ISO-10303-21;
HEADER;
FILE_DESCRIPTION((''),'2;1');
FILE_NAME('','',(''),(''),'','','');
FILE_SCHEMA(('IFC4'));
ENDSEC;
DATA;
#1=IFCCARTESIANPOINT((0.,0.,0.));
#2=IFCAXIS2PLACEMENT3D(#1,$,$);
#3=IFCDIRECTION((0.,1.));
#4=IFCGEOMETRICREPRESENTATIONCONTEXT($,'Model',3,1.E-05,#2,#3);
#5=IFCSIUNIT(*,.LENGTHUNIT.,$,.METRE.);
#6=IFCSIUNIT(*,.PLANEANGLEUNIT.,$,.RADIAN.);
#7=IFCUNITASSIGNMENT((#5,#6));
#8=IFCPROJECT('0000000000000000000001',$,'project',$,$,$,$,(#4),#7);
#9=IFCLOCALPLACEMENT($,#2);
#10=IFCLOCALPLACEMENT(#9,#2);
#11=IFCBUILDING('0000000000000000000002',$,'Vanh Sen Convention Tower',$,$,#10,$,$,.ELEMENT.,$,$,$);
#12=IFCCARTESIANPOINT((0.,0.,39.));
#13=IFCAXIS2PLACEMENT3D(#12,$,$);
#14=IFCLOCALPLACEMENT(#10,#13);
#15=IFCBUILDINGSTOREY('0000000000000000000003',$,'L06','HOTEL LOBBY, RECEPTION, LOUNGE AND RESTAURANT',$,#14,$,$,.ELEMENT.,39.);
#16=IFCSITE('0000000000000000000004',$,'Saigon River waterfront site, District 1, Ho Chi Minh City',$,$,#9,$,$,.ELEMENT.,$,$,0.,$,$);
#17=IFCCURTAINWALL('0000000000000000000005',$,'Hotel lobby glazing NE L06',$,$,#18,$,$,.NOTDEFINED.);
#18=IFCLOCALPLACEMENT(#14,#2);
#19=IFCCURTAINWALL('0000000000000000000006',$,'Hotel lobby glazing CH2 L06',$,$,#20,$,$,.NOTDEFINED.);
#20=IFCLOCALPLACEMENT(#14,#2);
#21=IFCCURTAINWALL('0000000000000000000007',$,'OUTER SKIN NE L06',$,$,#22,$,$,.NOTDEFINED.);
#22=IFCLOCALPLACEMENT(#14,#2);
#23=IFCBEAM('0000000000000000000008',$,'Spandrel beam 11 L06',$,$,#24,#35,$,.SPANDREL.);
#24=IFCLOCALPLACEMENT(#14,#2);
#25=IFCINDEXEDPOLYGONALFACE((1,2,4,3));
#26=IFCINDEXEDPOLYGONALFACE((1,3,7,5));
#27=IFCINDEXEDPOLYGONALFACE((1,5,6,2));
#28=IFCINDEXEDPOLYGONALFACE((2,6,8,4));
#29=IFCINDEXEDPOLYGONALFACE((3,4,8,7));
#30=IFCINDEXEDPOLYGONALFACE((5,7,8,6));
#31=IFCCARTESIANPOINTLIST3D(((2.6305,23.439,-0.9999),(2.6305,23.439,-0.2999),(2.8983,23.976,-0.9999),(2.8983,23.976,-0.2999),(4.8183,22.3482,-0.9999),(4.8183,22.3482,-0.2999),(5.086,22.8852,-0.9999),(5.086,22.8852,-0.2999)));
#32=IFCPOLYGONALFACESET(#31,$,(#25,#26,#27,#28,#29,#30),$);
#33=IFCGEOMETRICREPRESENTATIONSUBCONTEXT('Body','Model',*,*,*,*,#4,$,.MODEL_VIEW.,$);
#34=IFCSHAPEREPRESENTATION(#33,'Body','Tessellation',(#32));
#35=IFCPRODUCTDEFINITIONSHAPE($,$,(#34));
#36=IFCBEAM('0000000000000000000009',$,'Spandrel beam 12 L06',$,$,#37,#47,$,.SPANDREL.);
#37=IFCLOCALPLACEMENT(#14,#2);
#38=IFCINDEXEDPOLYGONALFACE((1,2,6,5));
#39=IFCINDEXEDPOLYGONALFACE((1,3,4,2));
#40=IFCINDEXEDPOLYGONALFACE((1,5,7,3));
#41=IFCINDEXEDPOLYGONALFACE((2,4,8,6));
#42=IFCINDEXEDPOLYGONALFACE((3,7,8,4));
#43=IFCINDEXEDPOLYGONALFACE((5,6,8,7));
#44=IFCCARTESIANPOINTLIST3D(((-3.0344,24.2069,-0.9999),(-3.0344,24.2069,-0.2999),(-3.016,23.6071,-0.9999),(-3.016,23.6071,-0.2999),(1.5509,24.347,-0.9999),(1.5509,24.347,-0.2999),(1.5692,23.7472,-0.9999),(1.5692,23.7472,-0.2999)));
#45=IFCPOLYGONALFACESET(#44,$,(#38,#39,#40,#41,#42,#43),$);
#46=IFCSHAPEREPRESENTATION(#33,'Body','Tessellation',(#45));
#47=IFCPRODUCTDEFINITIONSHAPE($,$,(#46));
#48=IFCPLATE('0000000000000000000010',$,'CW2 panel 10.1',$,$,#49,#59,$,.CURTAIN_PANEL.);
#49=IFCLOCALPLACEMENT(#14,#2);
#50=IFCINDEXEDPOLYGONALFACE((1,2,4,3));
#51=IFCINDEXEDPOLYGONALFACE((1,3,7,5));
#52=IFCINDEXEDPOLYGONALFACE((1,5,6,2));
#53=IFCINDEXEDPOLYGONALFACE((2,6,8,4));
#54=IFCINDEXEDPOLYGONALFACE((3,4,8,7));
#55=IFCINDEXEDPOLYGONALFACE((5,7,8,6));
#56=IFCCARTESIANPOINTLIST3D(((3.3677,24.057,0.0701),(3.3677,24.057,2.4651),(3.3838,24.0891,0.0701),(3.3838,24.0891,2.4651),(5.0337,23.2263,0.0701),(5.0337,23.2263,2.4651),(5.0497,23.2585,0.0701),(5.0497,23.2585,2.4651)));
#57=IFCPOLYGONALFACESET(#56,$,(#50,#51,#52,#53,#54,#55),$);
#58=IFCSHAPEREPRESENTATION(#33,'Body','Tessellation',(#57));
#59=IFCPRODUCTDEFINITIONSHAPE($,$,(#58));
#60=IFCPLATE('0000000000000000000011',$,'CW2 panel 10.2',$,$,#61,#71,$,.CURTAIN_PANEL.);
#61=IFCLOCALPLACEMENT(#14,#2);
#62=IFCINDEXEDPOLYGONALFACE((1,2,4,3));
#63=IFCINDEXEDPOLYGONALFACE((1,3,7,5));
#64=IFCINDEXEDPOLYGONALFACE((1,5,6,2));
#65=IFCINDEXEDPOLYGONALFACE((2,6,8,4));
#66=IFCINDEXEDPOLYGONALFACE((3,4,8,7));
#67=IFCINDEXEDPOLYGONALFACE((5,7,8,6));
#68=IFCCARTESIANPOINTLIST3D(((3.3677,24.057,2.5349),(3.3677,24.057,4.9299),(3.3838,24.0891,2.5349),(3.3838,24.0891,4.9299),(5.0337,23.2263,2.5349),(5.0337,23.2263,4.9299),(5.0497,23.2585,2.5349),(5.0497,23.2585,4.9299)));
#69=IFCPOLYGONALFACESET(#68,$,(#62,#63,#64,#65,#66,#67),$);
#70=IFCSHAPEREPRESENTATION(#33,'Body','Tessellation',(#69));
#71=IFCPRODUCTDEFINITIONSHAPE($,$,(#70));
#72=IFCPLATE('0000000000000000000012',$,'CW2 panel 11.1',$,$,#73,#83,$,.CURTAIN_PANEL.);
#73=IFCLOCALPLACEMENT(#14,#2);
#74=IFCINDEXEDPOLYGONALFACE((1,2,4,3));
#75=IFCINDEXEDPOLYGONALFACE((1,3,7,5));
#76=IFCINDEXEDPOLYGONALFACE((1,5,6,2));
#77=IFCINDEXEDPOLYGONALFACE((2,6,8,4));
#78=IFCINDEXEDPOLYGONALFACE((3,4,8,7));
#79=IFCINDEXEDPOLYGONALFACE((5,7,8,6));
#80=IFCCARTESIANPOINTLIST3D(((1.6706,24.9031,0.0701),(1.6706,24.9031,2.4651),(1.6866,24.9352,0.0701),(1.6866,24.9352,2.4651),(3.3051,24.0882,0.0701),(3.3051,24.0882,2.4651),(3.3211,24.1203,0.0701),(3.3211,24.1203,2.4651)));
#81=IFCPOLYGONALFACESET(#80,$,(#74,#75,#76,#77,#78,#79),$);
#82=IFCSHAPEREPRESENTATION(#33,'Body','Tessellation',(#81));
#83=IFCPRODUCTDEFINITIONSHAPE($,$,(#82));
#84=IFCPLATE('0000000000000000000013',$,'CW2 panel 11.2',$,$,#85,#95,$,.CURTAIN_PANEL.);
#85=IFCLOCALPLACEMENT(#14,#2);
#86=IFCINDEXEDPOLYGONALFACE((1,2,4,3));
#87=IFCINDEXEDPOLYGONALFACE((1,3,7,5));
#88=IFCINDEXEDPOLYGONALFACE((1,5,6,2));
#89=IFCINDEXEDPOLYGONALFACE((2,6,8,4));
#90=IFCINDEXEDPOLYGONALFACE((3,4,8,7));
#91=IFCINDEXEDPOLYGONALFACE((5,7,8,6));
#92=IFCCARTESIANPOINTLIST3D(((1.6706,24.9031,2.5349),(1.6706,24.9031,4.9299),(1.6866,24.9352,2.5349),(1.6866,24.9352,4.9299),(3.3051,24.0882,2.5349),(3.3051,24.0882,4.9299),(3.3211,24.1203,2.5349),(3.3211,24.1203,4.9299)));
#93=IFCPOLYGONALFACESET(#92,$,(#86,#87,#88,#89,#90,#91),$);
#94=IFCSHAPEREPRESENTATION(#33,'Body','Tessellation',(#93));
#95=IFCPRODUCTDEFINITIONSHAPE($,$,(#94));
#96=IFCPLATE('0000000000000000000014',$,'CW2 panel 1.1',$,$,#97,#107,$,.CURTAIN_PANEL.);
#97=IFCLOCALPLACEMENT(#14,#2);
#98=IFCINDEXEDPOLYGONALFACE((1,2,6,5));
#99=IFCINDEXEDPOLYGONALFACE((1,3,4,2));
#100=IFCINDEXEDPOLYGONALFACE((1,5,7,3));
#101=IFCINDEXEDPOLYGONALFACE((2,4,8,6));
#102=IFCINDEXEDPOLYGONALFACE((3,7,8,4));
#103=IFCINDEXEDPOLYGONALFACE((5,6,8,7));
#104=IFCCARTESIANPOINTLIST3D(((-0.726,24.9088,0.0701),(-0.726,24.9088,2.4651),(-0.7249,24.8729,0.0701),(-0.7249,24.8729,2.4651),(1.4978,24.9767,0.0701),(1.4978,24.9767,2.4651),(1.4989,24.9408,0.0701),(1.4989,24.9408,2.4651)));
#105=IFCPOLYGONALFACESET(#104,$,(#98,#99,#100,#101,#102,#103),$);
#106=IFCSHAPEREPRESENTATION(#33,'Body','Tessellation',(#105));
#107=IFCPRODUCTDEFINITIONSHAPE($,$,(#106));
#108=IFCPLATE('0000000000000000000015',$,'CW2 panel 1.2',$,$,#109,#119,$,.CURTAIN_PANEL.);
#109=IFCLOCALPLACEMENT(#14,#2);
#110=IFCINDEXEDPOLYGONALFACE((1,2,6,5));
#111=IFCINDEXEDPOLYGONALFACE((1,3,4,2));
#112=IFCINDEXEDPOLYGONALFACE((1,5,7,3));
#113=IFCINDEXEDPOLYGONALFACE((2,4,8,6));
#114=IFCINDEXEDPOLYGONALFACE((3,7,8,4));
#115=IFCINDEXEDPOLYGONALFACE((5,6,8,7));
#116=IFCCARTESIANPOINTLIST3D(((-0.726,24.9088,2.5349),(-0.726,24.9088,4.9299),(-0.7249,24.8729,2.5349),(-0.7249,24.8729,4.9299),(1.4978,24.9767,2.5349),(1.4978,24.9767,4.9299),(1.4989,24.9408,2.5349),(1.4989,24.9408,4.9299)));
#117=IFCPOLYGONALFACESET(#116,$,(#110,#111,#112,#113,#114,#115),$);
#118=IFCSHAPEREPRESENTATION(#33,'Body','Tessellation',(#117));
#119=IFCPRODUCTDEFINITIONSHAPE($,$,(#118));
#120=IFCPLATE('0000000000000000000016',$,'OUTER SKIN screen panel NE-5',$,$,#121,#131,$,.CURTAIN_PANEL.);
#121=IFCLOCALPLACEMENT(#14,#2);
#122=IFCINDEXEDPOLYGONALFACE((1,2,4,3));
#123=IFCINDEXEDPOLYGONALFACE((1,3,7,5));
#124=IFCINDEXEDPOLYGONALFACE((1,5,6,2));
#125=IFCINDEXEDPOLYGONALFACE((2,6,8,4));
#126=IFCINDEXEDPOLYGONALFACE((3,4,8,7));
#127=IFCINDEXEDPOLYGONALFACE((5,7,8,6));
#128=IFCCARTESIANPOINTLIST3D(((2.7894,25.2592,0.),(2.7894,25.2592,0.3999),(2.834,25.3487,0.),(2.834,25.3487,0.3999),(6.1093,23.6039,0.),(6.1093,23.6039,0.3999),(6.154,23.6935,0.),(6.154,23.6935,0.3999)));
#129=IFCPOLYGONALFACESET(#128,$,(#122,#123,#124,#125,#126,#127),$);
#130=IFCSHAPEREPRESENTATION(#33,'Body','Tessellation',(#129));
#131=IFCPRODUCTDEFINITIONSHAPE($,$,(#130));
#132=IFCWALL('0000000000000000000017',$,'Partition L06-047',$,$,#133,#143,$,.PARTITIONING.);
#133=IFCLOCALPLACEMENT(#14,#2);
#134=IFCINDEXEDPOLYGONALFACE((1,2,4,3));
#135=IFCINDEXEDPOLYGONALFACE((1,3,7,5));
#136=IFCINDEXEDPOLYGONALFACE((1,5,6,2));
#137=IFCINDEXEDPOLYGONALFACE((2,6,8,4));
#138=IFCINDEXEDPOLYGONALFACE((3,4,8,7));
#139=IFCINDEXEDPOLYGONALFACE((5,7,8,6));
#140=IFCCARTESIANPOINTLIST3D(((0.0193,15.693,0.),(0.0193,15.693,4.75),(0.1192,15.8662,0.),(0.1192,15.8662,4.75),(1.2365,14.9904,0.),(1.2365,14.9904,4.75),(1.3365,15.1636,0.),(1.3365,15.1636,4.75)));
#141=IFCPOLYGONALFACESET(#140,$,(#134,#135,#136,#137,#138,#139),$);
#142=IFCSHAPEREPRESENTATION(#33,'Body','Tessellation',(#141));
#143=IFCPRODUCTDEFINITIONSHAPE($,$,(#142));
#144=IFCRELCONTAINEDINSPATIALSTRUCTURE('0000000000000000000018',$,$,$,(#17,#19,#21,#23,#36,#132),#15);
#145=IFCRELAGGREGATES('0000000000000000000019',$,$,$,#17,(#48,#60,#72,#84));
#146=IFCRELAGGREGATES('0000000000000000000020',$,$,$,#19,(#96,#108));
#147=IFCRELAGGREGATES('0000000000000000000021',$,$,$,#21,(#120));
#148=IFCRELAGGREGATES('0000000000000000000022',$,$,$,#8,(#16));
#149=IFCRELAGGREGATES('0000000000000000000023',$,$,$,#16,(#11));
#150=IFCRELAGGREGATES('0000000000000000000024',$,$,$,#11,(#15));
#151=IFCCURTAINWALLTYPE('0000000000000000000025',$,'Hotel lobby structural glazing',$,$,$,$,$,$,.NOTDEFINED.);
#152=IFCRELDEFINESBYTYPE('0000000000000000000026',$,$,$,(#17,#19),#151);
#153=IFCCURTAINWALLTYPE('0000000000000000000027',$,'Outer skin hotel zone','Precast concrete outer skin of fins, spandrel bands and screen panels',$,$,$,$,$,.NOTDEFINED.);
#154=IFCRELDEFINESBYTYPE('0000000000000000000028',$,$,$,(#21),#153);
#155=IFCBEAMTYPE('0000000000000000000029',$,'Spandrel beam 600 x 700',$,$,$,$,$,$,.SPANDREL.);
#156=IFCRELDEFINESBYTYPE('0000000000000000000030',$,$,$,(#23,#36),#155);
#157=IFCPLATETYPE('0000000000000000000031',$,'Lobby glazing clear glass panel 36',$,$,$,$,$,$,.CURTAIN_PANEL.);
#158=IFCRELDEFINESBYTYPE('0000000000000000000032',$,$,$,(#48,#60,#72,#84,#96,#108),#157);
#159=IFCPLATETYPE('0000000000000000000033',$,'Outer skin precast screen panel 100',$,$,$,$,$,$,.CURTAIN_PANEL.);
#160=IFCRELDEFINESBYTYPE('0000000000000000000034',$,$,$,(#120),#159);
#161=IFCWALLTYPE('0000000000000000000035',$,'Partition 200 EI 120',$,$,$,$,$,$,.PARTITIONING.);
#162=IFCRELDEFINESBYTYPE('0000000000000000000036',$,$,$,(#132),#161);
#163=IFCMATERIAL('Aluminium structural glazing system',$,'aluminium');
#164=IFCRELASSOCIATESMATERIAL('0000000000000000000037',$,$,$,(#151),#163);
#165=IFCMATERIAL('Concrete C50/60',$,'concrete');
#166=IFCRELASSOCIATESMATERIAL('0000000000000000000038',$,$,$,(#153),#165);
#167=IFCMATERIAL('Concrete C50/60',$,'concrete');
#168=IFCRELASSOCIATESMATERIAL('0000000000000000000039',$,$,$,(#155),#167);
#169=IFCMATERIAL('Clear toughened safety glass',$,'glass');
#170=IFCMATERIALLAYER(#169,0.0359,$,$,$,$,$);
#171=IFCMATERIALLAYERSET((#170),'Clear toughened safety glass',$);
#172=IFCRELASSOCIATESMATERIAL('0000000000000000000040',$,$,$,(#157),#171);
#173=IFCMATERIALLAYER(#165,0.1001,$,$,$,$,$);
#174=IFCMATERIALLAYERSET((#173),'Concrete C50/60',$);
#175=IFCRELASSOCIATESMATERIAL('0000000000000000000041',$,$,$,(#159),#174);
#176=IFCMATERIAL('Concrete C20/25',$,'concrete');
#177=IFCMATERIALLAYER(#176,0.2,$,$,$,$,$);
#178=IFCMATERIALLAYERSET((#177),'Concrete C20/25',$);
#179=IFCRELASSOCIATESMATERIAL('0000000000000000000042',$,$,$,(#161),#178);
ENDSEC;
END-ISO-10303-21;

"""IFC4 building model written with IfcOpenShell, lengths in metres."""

from ifc_helpers import new_model, si_unit, direction, frame, frame_2d, origin, origin_2d, place, context, subcontext, project, spatial, rectangle, extrude, material, layer, layer_set, material_profile, profile_set, type_object, element, aggregate, save


model = new_model("IFC4")

# Units and contexts
model_context = context("Model", 3, precision=1e-05, world=origin(), true_north=direction((0.0, 1.0)))
body_context = subcontext(model_context, "Body", "Model", "MODEL_VIEW")
ifc_project = project(units=[si_unit("LENGTHUNIT", "METRE"), si_unit("PLANEANGLEUNIT", "RADIAN")], contexts=[model_context])

# Site, building, storey
site_placement = place(None, origin())
site = spatial("IfcSite", under=ifc_project, at=site_placement, Name="Saigon River waterfront site, District 1, Ho Chi Minh City", CompositionType="ELEMENT", RefElevation=0.0)
building_placement = place(site_placement, origin())
building = spatial("IfcBuilding", under=site, at=building_placement, Name="Vanh Sen Convention Tower", CompositionType="ELEMENT")
storey_placement = place(building_placement, frame((0.0, 0.0, 39.0)))
storey = spatial("IfcBuildingStorey", under=building, at=storey_placement, Name="L06", Description="HOTEL LOBBY, RECEPTION, LOUNGE AND RESTAURANT", CompositionType="ELEMENT", Elevation=39.0)

# Curtain wall
ifc_material_1 = material(Name="Aluminium structural glazing system", Category="aluminium")
curtain_wall_type_1 = type_object("IfcCurtainWallType", Name="Hotel lobby structural glazing", PredefinedType="NOTDEFINED", material=ifc_material_1)
curtain_wall_1_placement = place(storey_placement, origin())
curtain_wall_1 = element("IfcCurtainWall", 1, at=curtain_wall_1_placement, inside=storey, type_object=curtain_wall_type_1, Name="Hotel lobby glazing NE L06", PredefinedType="NOTDEFINED")

# Curtain wall
curtain_wall_2_placement = place(storey_placement, origin())
curtain_wall_2 = element("IfcCurtainWall", 2, at=curtain_wall_2_placement, inside=storey, type_object=curtain_wall_type_1, Name="Hotel lobby glazing CH2 L06", PredefinedType="NOTDEFINED")

# Curtain wall
ifc_material_2 = material(Name="Concrete C50/60", Category="concrete")
curtain_wall_type_2 = type_object("IfcCurtainWallType", Name="Outer skin hotel zone", Description="Precast concrete outer skin of fins, spandrel bands and screen panels", PredefinedType="NOTDEFINED", material=ifc_material_2)
curtain_wall_3_placement = place(storey_placement, origin())
curtain_wall_3 = element("IfcCurtainWall", 3, at=curtain_wall_3_placement, inside=storey, type_object=curtain_wall_type_2, Name="OUTER SKIN NE L06", PredefinedType="NOTDEFINED")

# Beams
ifc_material_3 = material(Name="Concrete C50/60", Category="concrete")
ifc_material_profile_1 = material_profile(ifc_material_3, rectangle(XDim=0.6001, YDim=0.7, at=origin_2d()), Name="RC 600X700")
ifc_profile_set_1 = profile_set([ifc_material_profile_1], Name="Concrete C50/60")
beam_type = type_object("IfcBeamType", Name="Spandrel beam 600 x 700", PredefinedType="SPANDREL", material=ifc_profile_set_1)
beam_1_placement = place(storey_placement, frame((4.9521, 22.6167, -0.6499), z_axis=(-0.894926, 0.446215, 0.0), x_axis=(-0.446215, -0.894926, 0.0)))
element("IfcBeam", 4, at=beam_1_placement, inside=storey, type_object=beam_type, Name="Spandrel beam 11 L06", PredefinedType="SPANDREL", context=body_context, shape_type="SweptSolid", body=[
    extrude(rectangle(XDim=0.6001, YDim=0.7, at=origin_2d()), origin(), (0.0, 0.0, 1.0), 2.4446),
])
beam_2_placement = place(storey_placement, frame((1.5601, 24.0471, -0.6499), z_axis=(-0.999533, -0.030549, 0.0), x_axis=(0.030549, -0.999533, 0.0)))
element("IfcBeam", 5, at=beam_2_placement, inside=storey, type_object=beam_type, Name="Spandrel beam 12 L06", PredefinedType="SPANDREL", context=body_context, shape_type="SweptSolid", body=[
    extrude(rectangle(XDim=0.6001, YDim=0.7, at=origin_2d()), origin(), (0.0, 0.0, 1.0), 4.5874),
])

# Plates
ifc_material_4 = material(Name="Clear toughened safety glass", Category="glass")
ifc_layer_1 = layer(ifc_material_4, 0.0359)
ifc_layer_set_1 = layer_set([ifc_layer_1], Name="Clear toughened safety glass")
plate_type_1 = type_object("IfcPlateType", Name="Lobby glazing clear glass panel 36", PredefinedType="CURTAIN_PANEL", material=ifc_layer_set_1)
plate_1_placement = place(storey_placement, frame((4.2087, 23.6577, 0.0701), z_axis=(0.0, 0.0, 1.0), x_axis=(-0.894934, 0.446199, 0.0)))
plate_1 = element("IfcPlate", 6, at=plate_1_placement, type_object=plate_type_1, Name="CW2 panel 10.1", PredefinedType="CURTAIN_PANEL", context=body_context, shape_type="SweptSolid", body=[
    extrude(rectangle(XDim=1.8616, YDim=0.0359, at=origin_2d()), origin(), (0.0, 0.0, 1.0), 2.395),
])
plate_2_placement = place(storey_placement, frame((4.2087, 23.6577, 2.5349), z_axis=(0.0, 0.0, 1.0), x_axis=(-0.894934, 0.446199, 0.0)))
plate_2 = element("IfcPlate", 7, at=plate_2_placement, type_object=plate_type_1, Name="CW2 panel 10.2", PredefinedType="CURTAIN_PANEL", context=body_context, shape_type="SweptSolid", body=[
    extrude(rectangle(XDim=1.8616, YDim=0.0359, at=origin_2d()), origin(), (0.0, 0.0, 1.0), 2.395),
])
plate_3_placement = place(storey_placement, frame((2.4958, 24.5117, 0.0701), z_axis=(0.0, 0.0, 1.0), x_axis=(-0.894934, 0.446199, 0.0)))
plate_3 = element("IfcPlate", 8, at=plate_3_placement, type_object=plate_type_1, Name="CW2 panel 11.1", PredefinedType="CURTAIN_PANEL", context=body_context, shape_type="SweptSolid", body=[
    extrude(rectangle(XDim=1.8264, YDim=0.0359, at=origin_2d()), origin(), (0.0, 0.0, 1.0), 2.395),
])
plate_4_placement = place(storey_placement, frame((2.4958, 24.5117, 2.5349), z_axis=(0.0, 0.0, 1.0), x_axis=(-0.894934, 0.446199, 0.0)))
plate_4 = element("IfcPlate", 9, at=plate_4_placement, type_object=plate_type_1, Name="CW2 panel 11.2", PredefinedType="CURTAIN_PANEL", context=body_context, shape_type="SweptSolid", body=[
    extrude(rectangle(XDim=1.8264, YDim=0.0359, at=origin_2d()), origin(), (0.0, 0.0, 1.0), 2.395),
])
aggregate(curtain_wall_1, [plate_1, plate_2, plate_3, plate_4])
plate_5_placement = place(storey_placement, frame((0.3865, 24.9248, 0.0701), z_axis=(0.0, 0.0, 1.0), x_axis=(-0.999534, -0.030539, 0.0)))
plate_5 = element("IfcPlate", 10, at=plate_5_placement, type_object=plate_type_1, Name="CW2 panel 1.1", PredefinedType="CURTAIN_PANEL", context=body_context, shape_type="SweptSolid", body=[
    extrude(rectangle(XDim=2.2249, YDim=0.0359, at=origin_2d()), origin(), (0.0, 0.0, 1.0), 2.395),
])
plate_6_placement = place(storey_placement, frame((0.3865, 24.9248, 2.5349), z_axis=(0.0, 0.0, 1.0), x_axis=(-0.999534, -0.030539, 0.0)))
plate_6 = element("IfcPlate", 11, at=plate_6_placement, type_object=plate_type_1, Name="CW2 panel 1.2", PredefinedType="CURTAIN_PANEL", context=body_context, shape_type="SweptSolid", body=[
    extrude(rectangle(XDim=2.2249, YDim=0.0359, at=origin_2d()), origin(), (0.0, 0.0, 1.0), 2.395),
])
aggregate(curtain_wall_2, [plate_5, plate_6])
ifc_layer_2 = layer(ifc_material_2, 0.1001)
ifc_layer_set_2 = layer_set([ifc_layer_2], Name="Concrete C50/60")
plate_type_2 = type_object("IfcPlateType", Name="Outer skin precast screen panel 100", PredefinedType="CURTAIN_PANEL", material=ifc_layer_set_2)
plate_7_placement = place(storey_placement, frame((4.4717, 24.4763, 0.0), z_axis=(0.0, 0.0, 1.0), x_axis=(-0.894935, 0.446196, 0.0)))
plate_7 = element("IfcPlate", 12, at=plate_7_placement, type_object=plate_type_2, Name="OUTER SKIN screen panel NE-5", PredefinedType="CURTAIN_PANEL", context=body_context, shape_type="SweptSolid", body=[
    extrude(rectangle(XDim=3.7097, YDim=0.1001, at=origin_2d()), origin(), (0.0, 0.0, 1.0), 0.3999),
])
aggregate(curtain_wall_3, [plate_7])

# Wall
ifc_material_5 = material(Name="Concrete C20/25", Category="concrete")
ifc_layer_3 = layer(ifc_material_5, 0.2)
ifc_layer_set_3 = layer_set([ifc_layer_3], Name="Concrete C20/25")
wall_type = type_object("IfcWallType", Name="Partition 200 EI 120", PredefinedType="PARTITIONING", material=ifc_layer_set_3)
wall_placement = place(storey_placement, frame((0.0693, 15.7795, 0.0), z_axis=(0.0, 0.0, 1.0), x_axis=(0.866076, -0.499913, 0.0)))
element("IfcWall", 13, at=wall_placement, inside=storey, type_object=wall_type, Name="Partition L06-047", PredefinedType="PARTITIONING", context=body_context, shape_type="SweptSolid", body=[
    extrude(rectangle(XDim=1.4055, YDim=0.2, at=frame_2d((0.7026, 0.0))), origin(), (0.0, 0.0, 1.0), 4.75),
])

save(model, "model.ifc")
